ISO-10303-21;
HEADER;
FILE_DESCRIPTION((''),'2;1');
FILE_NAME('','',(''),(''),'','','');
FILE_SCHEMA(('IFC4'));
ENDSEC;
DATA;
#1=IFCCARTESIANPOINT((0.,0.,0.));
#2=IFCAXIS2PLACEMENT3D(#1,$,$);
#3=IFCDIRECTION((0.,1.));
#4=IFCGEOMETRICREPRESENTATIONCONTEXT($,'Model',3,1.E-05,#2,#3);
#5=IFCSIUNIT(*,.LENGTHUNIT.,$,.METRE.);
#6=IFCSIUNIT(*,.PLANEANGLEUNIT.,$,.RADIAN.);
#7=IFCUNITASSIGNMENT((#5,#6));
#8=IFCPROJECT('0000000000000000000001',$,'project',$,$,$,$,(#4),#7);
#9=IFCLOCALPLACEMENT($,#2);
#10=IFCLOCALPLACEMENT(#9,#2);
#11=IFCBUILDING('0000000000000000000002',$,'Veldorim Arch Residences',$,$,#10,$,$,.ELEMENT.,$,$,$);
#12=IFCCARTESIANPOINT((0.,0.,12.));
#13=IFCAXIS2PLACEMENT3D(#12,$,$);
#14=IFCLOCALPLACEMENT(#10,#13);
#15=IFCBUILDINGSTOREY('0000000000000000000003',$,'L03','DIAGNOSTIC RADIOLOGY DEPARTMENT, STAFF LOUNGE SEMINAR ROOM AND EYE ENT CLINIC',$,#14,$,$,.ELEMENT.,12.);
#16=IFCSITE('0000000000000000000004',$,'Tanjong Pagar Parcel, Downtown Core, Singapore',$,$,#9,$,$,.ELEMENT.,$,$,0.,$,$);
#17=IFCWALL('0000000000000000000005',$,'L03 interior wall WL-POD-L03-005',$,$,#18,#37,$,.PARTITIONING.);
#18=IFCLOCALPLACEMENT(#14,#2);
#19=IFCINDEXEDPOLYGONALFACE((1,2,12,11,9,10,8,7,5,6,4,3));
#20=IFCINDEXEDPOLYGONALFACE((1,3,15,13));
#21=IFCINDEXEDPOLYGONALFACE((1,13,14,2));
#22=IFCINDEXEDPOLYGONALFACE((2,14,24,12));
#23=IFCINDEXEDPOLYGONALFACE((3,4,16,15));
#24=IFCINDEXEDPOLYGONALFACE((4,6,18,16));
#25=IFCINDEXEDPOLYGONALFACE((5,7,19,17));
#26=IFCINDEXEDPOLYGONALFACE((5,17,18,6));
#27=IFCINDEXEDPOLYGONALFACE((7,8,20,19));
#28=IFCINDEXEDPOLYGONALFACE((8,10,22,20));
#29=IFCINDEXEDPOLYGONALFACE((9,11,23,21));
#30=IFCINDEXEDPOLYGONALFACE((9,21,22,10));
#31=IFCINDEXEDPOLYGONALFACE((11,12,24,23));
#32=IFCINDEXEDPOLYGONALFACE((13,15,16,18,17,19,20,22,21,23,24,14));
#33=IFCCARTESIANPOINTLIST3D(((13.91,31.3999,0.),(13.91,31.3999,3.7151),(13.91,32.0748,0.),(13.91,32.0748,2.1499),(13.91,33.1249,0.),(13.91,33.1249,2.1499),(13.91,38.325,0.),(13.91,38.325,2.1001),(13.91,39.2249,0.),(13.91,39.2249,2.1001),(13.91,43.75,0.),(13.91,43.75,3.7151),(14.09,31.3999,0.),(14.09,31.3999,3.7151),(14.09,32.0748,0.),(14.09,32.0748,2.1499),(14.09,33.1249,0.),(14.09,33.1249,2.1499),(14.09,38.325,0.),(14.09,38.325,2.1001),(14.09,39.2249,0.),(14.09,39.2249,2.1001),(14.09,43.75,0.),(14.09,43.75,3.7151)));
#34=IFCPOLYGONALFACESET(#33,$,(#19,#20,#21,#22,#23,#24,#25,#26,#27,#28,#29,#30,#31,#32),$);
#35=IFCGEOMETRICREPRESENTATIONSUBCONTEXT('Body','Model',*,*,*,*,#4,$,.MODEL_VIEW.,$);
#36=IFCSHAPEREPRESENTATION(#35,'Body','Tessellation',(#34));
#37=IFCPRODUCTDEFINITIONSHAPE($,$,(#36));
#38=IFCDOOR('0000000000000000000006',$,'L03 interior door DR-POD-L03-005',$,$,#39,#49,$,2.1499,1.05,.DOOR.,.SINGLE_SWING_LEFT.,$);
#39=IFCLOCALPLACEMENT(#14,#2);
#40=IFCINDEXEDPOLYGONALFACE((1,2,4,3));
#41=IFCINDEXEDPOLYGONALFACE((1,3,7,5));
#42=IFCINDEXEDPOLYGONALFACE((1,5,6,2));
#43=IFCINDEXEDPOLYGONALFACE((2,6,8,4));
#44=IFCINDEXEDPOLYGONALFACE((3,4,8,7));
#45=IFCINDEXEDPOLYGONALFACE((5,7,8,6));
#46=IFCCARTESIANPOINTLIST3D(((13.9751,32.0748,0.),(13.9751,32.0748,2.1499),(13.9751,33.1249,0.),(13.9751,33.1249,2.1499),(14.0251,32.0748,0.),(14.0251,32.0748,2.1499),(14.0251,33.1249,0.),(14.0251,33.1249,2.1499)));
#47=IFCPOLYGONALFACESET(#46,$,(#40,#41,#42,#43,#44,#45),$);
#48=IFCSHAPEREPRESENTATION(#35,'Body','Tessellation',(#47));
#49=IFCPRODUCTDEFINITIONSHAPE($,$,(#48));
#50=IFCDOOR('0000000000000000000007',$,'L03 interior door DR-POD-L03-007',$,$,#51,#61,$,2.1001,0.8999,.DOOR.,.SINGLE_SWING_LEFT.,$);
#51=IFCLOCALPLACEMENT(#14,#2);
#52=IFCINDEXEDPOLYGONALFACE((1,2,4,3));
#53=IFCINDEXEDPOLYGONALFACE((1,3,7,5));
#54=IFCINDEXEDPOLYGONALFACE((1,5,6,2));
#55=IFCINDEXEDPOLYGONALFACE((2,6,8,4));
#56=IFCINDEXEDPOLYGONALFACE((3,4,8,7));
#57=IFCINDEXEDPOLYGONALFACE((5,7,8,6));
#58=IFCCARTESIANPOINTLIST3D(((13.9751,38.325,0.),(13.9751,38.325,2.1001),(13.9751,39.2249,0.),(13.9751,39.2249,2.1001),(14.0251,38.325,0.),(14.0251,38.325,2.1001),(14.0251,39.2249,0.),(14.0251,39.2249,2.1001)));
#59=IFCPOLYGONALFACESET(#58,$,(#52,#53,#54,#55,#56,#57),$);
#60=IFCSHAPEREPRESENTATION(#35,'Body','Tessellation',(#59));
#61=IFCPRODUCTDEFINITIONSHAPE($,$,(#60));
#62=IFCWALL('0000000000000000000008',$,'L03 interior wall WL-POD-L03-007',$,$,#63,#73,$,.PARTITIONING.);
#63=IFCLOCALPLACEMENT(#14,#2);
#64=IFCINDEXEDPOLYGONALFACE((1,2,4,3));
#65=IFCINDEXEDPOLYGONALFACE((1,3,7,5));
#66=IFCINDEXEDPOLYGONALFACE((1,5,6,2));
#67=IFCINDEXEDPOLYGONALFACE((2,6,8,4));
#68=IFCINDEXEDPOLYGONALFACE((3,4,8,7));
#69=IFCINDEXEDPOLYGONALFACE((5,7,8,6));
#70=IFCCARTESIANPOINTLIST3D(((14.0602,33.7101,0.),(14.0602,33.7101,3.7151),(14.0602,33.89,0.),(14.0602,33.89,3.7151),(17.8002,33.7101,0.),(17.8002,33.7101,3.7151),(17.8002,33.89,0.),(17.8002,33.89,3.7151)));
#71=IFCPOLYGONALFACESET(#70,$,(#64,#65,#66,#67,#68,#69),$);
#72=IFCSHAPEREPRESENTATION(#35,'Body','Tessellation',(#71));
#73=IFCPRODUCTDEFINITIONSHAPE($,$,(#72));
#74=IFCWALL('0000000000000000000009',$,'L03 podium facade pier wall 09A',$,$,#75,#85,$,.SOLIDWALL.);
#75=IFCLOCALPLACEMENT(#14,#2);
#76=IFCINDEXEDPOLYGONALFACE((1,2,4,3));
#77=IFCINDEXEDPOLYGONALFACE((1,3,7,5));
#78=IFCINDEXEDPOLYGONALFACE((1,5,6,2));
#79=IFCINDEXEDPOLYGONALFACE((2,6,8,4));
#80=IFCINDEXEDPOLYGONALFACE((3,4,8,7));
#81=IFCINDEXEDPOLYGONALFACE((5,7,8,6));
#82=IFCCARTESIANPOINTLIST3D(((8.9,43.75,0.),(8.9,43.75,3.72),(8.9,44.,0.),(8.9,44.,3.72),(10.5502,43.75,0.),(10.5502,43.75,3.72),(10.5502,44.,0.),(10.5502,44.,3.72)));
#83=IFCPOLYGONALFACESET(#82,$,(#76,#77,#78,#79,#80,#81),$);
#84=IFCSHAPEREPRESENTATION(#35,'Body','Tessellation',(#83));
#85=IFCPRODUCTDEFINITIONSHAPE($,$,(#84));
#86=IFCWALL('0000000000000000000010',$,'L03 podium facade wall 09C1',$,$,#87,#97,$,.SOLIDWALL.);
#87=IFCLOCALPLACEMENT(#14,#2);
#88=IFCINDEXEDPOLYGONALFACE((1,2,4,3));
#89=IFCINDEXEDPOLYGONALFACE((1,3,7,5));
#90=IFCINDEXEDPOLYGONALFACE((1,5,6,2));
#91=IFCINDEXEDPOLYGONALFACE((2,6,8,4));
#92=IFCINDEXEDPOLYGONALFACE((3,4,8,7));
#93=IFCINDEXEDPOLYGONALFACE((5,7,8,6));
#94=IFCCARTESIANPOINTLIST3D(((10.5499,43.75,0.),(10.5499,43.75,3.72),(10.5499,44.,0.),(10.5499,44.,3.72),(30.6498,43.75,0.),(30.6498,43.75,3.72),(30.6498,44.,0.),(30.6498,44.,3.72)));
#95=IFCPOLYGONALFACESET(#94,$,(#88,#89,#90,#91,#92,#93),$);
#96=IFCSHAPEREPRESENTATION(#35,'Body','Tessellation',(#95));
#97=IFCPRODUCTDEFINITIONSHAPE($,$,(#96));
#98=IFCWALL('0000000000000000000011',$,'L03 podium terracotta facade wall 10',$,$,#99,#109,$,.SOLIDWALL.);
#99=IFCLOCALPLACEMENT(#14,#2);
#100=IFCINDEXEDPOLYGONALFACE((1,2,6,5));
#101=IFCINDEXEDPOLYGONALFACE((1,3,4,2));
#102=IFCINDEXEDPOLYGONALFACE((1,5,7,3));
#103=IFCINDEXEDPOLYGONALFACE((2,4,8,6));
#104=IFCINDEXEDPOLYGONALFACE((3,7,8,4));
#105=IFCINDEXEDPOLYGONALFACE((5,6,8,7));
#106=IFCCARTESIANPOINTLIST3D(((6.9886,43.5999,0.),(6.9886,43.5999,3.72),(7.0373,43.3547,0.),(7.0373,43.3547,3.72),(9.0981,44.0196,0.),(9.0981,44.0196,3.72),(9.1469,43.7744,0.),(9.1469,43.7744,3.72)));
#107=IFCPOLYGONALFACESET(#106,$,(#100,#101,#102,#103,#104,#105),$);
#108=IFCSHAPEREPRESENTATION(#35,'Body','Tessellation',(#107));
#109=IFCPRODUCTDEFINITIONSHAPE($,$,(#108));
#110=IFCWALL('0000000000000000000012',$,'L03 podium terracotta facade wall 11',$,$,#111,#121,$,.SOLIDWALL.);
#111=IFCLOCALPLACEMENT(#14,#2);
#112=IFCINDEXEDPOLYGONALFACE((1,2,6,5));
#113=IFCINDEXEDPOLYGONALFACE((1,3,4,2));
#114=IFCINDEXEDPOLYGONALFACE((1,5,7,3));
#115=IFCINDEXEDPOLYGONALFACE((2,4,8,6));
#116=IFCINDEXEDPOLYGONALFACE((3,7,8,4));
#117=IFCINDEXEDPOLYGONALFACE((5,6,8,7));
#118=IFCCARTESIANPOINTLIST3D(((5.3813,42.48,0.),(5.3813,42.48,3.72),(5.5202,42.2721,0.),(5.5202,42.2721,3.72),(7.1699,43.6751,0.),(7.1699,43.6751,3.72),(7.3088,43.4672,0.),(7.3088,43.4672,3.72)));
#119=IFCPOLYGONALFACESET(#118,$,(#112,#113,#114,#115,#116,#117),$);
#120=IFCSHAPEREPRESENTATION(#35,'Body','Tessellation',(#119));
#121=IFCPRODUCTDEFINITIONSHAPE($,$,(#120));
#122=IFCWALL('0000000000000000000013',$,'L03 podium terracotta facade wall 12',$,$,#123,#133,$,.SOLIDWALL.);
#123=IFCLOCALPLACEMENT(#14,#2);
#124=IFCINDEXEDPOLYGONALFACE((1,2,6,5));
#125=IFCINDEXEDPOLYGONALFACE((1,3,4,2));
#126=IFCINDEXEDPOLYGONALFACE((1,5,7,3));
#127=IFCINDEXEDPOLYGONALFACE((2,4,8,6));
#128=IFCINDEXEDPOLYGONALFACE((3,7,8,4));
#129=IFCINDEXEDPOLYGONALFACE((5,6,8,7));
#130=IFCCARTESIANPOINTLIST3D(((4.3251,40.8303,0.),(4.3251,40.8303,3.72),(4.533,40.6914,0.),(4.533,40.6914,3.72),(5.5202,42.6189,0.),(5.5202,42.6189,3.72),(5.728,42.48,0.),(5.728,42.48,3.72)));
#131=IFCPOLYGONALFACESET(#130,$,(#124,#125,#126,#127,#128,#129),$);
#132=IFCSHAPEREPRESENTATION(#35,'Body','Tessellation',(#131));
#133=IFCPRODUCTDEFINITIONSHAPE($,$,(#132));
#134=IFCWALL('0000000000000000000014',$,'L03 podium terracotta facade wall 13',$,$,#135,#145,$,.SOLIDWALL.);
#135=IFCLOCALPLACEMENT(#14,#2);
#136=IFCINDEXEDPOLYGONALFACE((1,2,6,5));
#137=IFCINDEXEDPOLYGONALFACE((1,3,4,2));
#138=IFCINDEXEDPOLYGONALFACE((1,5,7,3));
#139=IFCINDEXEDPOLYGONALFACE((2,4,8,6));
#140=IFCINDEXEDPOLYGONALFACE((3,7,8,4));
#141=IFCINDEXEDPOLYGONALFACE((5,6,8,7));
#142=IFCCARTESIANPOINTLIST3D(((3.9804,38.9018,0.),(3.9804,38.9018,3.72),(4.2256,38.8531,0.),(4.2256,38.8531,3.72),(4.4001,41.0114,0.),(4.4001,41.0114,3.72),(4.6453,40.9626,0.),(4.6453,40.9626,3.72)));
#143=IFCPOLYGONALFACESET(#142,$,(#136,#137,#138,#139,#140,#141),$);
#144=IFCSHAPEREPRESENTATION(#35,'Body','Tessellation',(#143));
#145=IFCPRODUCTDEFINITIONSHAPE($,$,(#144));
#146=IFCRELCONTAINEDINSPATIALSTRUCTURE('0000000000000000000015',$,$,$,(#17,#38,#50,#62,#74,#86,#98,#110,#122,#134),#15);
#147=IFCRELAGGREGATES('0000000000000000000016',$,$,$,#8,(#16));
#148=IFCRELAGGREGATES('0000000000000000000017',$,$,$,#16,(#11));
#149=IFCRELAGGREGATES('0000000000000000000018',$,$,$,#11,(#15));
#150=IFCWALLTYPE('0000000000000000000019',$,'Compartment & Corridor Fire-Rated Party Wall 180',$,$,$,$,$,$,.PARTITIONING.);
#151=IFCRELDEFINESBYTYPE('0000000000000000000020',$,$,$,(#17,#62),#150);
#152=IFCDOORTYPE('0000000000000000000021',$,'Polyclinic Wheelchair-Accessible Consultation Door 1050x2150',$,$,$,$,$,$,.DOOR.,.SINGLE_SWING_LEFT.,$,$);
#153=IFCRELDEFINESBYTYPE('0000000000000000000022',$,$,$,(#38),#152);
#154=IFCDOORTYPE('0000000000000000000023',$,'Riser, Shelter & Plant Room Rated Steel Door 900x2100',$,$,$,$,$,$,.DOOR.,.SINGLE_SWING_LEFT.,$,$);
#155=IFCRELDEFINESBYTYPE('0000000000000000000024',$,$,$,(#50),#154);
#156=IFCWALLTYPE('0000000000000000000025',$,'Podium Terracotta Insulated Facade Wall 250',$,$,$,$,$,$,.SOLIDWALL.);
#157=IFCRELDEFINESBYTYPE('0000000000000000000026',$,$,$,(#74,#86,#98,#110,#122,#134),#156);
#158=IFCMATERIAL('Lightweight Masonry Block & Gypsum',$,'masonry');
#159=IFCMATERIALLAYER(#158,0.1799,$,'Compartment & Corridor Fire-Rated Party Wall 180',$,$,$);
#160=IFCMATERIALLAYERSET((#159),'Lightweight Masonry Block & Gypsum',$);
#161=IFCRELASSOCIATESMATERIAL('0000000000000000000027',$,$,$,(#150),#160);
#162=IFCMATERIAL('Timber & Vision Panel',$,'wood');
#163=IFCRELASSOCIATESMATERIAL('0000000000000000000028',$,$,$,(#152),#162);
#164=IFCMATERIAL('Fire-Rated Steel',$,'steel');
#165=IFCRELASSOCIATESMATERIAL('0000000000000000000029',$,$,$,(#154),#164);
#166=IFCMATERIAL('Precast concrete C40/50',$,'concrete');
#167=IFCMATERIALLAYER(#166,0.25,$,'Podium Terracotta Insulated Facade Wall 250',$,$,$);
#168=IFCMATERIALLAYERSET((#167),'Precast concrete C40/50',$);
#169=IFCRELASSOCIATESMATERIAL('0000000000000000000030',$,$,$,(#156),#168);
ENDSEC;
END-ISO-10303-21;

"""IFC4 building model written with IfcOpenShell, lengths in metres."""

from ifc_helpers import new_model, si_unit, direction, frame, frame_2d, origin, place, context, subcontext, project, spatial, rectangle, extrude, material, layer, layer_set, type_object, element, fill, save


model = new_model("IFC4")

# Units and contexts
model_context = context("Model", 3, precision=1e-05, world=origin(), true_north=direction((0.0, 1.0)))
body_context = subcontext(model_context, "Body", "Model", "MODEL_VIEW")
ifc_project = project(units=[si_unit("LENGTHUNIT", "METRE"), si_unit("PLANEANGLEUNIT", "RADIAN")], contexts=[model_context])

# Site, building, storey
site_placement = place(None, origin())
site = spatial("IfcSite", under=ifc_project, at=site_placement, Name="Tanjong Pagar Parcel, Downtown Core, Singapore", CompositionType="ELEMENT", RefElevation=0.0)
building_placement = place(site_placement, origin())
building = spatial("IfcBuilding", under=site, at=building_placement, Name="Veldorim Arch Residences", CompositionType="ELEMENT")
storey_placement = place(building_placement, frame((0.0, 0.0, 12.0)))
storey = spatial("IfcBuildingStorey", under=building, at=storey_placement, Name="L03", Description="DIAGNOSTIC RADIOLOGY DEPARTMENT, STAFF LOUNGE SEMINAR ROOM AND EYE ENT CLINIC", CompositionType="ELEMENT", Elevation=12.0)

# Wall, openings, doors
ifc_material_1 = material(Name="Lightweight Masonry Block & Gypsum", Category="masonry")
ifc_layer_1 = layer(ifc_material_1, 0.1799, Name="Compartment & Corridor Fire-Rated Party Wall 180")
ifc_layer_set_1 = layer_set([ifc_layer_1], Name="Lightweight Masonry Block & Gypsum")
wall_type_1 = type_object("IfcWallType", Name="Compartment & Corridor Fire-Rated Party Wall 180", PredefinedType="PARTITIONING", material=ifc_layer_set_1)
wall_1_placement = place(storey_placement, frame((14.0, 31.3999, 0.0), z_axis=(0.0, 0.0, 1.0), x_axis=(0.0, 1.0, 0.0)))
wall_1 = element("IfcWall", 1, at=wall_1_placement, inside=storey, type_object=wall_type_1, Name="L03 interior wall WL-POD-L03-005", PredefinedType="PARTITIONING", context=body_context, shape_type="SweptSolid", body=[
    extrude(rectangle(XDim=12.3501, YDim=0.1799, at=frame_2d((6.175, 0.0))), origin(), (0.0, 0.0, 1.0), 3.7151),
])
opening_1_placement = place(wall_1_placement, frame((0.675, 0.0, 0.0)))
opening_1 = element("IfcOpeningElement", 2, at=opening_1_placement, cuts=wall_1, PredefinedType="OPENING", context=body_context, shape_type="SweptSolid", body=[
    extrude(rectangle(XDim=1.05, YDim=2.1499, at=frame_2d((0.5249, 1.075))), frame((0.0, 0.0999, 0.0), z_axis=(0.0, -1.0, 0.0), x_axis=(1.0, 0.0, 0.0)), (0.0, 0.0, 1.0), 0.2),
])
opening_2_placement = place(wall_1_placement, frame((6.925, 0.0, 0.0)))
opening_2 = element("IfcOpeningElement", 3, at=opening_2_placement, cuts=wall_1, PredefinedType="OPENING", context=body_context, shape_type="SweptSolid", body=[
    extrude(rectangle(XDim=0.8999, YDim=2.1001, at=frame_2d((0.45, 1.05))), frame((0.0, 0.0999, 0.0), z_axis=(0.0, -1.0, 0.0), x_axis=(1.0, 0.0, 0.0)), (0.0, 0.0, 1.0), 0.2),
])
ifc_material_2 = material(Name="Timber & Vision Panel", Category="wood")
door_type_1 = type_object("IfcDoorType", Name="Polyclinic Wheelchair-Accessible Consultation Door 1050x2150", OperationType="SINGLE_SWING_LEFT", PredefinedType="DOOR", material=ifc_material_2)
door_1_placement = place(opening_1_placement, origin())
door_1 = element("IfcDoor", 4, at=door_1_placement, inside=storey, type_object=door_type_1, Name="L03 interior door DR-POD-L03-005", OperationType="SINGLE_SWING_LEFT", OverallHeight=2.1499, OverallWidth=1.05, PredefinedType="DOOR", context=body_context, shape_type="SweptSolid", body=[
    extrude(rectangle(XDim=1.05, YDim=2.1499, at=frame_2d((0.5249, 1.075))), frame((0.0, 0.0249, 0.0), z_axis=(0.0, -1.0, 0.0), x_axis=(1.0, 0.0, 0.0)), (0.0, 0.0, 1.0), 0.05),
])
fill(opening_1, door_1)
ifc_material_3 = material(Name="Fire-Rated Steel", Category="steel")
door_type_2 = type_object("IfcDoorType", Name="Riser, Shelter & Plant Room Rated Steel Door 900x2100", OperationType="SINGLE_SWING_LEFT", PredefinedType="DOOR", material=ifc_material_3)
door_2_placement = place(opening_2_placement, origin())
door_2 = element("IfcDoor", 5, at=door_2_placement, inside=storey, type_object=door_type_2, Name="L03 interior door DR-POD-L03-007", OperationType="SINGLE_SWING_LEFT", OverallHeight=2.1001, OverallWidth=0.8999, PredefinedType="DOOR", context=body_context, shape_type="SweptSolid", body=[
    extrude(rectangle(XDim=0.8999, YDim=2.1001, at=frame_2d((0.45, 1.05))), frame((0.0, 0.0249, 0.0), z_axis=(0.0, -1.0, 0.0), x_axis=(1.0, 0.0, 0.0)), (0.0, 0.0, 1.0), 0.05),
])
fill(opening_2, door_2)

# Walls
wall_2_placement = place(storey_placement, frame((14.0601, 33.8, 0.0), z_axis=(0.0, 0.0, 1.0), x_axis=(1.0, 0.0, 0.0)))
element("IfcWall", 6, at=wall_2_placement, inside=storey, type_object=wall_type_1, Name="L03 interior wall WL-POD-L03-007", PredefinedType="PARTITIONING", context=body_context, shape_type="SweptSolid", body=[
    extrude(rectangle(XDim=3.74, YDim=0.1799, at=frame_2d((1.8701, 0.0))), origin(), (0.0, 0.0, 1.0), 3.7151),
])
ifc_material_4 = material(Name="Precast concrete C40/50", Category="concrete")
ifc_layer_2 = layer(ifc_material_4, 0.25, Name="Podium Terracotta Insulated Facade Wall 250")
ifc_layer_set_2 = layer_set([ifc_layer_2], Name="Precast concrete C40/50")
wall_type_2 = type_object("IfcWallType", Name="Podium Terracotta Insulated Facade Wall 250", PredefinedType="SOLIDWALL", material=ifc_layer_set_2)
wall_3_placement = place(storey_placement, frame((8.8999, 43.875, 0.0), z_axis=(0.0, 0.0, 1.0), x_axis=(1.0, 0.0, 0.0)))
element("IfcWall", 7, at=wall_3_placement, inside=storey, type_object=wall_type_2, Name="L03 podium facade pier wall 09A", PredefinedType="SOLIDWALL", context=body_context, shape_type="SweptSolid", body=[
    extrude(rectangle(XDim=1.6501, YDim=0.25, at=frame_2d((0.8252, 0.0))), origin(), (0.0, 0.0, 1.0), 3.72),
])
wall_4_placement = place(storey_placement, frame((10.55, 43.875, 0.0), z_axis=(0.0, 0.0, 1.0), x_axis=(1.0, 0.0, 0.0)))
element("IfcWall", 8, at=wall_4_placement, inside=storey, type_object=wall_type_2, Name="L03 podium facade wall 09C1", PredefinedType="SOLIDWALL", context=body_context, shape_type="SweptSolid", body=[
    extrude(rectangle(XDim=20.0999, YDim=0.25, at=frame_2d((10.0498, 0.0))), origin(), (0.0, 0.0, 1.0), 3.72),
])
wall_5_placement = place(storey_placement, frame((7.0129, 43.4773, 0.0), z_axis=(0.0, 0.0, 1.0), x_axis=(0.980781, 0.195112, 0.0)))
element("IfcWall", 9, at=wall_5_placement, inside=storey, type_object=wall_type_2, Name="L03 podium terracotta facade wall 10", PredefinedType="SOLIDWALL", context=body_context, shape_type="SweptSolid", body=[
    extrude(rectangle(XDim=2.1509, YDim=0.25, at=frame_2d((1.0754, 0.0))), origin(), (0.0, 0.0, 1.0), 3.72),
])
for number, where, z_axis, x_axis, name in (
    (10, (5.4507, 42.376, 0.0), (0.0, 0.0, 1.0), (0.831474, 0.555564, 0.0), "L03 podium terracotta facade wall 11"),
    (11, (4.429, 40.7607, 0.0), (0.0, 0.0, 1.0), (0.555564, 0.831474, 0.0), "L03 podium terracotta facade wall 12"),
):
    element("IfcWall", number, at=place(storey_placement, frame(where, z_axis=z_axis, x_axis=x_axis)), inside=storey, type_object=wall_type_2, Name=name, PredefinedType="SOLIDWALL", context=body_context, shape_type="SweptSolid", body=[
        extrude(rectangle(XDim=2.1511, YDim=0.25, at=frame_2d((1.0757, 0.0))), origin(), (0.0, 0.0, 1.0), 3.72),
    ])
wall_6_placement = place(storey_placement, frame((4.103, 38.8774, 0.0), z_axis=(0.0, 0.0, 1.0), x_axis=(0.195112, 0.980781, 0.0)))
element("IfcWall", 12, at=wall_6_placement, inside=storey, type_object=wall_type_2, Name="L03 podium terracotta facade wall 13", PredefinedType="SOLIDWALL", context=body_context, shape_type="SweptSolid", body=[
    extrude(rectangle(XDim=2.1509, YDim=0.25, at=frame_2d((1.0754, 0.0))), origin(), (0.0, 0.0, 1.0), 3.72),
])

save(model, "model.ifc")
